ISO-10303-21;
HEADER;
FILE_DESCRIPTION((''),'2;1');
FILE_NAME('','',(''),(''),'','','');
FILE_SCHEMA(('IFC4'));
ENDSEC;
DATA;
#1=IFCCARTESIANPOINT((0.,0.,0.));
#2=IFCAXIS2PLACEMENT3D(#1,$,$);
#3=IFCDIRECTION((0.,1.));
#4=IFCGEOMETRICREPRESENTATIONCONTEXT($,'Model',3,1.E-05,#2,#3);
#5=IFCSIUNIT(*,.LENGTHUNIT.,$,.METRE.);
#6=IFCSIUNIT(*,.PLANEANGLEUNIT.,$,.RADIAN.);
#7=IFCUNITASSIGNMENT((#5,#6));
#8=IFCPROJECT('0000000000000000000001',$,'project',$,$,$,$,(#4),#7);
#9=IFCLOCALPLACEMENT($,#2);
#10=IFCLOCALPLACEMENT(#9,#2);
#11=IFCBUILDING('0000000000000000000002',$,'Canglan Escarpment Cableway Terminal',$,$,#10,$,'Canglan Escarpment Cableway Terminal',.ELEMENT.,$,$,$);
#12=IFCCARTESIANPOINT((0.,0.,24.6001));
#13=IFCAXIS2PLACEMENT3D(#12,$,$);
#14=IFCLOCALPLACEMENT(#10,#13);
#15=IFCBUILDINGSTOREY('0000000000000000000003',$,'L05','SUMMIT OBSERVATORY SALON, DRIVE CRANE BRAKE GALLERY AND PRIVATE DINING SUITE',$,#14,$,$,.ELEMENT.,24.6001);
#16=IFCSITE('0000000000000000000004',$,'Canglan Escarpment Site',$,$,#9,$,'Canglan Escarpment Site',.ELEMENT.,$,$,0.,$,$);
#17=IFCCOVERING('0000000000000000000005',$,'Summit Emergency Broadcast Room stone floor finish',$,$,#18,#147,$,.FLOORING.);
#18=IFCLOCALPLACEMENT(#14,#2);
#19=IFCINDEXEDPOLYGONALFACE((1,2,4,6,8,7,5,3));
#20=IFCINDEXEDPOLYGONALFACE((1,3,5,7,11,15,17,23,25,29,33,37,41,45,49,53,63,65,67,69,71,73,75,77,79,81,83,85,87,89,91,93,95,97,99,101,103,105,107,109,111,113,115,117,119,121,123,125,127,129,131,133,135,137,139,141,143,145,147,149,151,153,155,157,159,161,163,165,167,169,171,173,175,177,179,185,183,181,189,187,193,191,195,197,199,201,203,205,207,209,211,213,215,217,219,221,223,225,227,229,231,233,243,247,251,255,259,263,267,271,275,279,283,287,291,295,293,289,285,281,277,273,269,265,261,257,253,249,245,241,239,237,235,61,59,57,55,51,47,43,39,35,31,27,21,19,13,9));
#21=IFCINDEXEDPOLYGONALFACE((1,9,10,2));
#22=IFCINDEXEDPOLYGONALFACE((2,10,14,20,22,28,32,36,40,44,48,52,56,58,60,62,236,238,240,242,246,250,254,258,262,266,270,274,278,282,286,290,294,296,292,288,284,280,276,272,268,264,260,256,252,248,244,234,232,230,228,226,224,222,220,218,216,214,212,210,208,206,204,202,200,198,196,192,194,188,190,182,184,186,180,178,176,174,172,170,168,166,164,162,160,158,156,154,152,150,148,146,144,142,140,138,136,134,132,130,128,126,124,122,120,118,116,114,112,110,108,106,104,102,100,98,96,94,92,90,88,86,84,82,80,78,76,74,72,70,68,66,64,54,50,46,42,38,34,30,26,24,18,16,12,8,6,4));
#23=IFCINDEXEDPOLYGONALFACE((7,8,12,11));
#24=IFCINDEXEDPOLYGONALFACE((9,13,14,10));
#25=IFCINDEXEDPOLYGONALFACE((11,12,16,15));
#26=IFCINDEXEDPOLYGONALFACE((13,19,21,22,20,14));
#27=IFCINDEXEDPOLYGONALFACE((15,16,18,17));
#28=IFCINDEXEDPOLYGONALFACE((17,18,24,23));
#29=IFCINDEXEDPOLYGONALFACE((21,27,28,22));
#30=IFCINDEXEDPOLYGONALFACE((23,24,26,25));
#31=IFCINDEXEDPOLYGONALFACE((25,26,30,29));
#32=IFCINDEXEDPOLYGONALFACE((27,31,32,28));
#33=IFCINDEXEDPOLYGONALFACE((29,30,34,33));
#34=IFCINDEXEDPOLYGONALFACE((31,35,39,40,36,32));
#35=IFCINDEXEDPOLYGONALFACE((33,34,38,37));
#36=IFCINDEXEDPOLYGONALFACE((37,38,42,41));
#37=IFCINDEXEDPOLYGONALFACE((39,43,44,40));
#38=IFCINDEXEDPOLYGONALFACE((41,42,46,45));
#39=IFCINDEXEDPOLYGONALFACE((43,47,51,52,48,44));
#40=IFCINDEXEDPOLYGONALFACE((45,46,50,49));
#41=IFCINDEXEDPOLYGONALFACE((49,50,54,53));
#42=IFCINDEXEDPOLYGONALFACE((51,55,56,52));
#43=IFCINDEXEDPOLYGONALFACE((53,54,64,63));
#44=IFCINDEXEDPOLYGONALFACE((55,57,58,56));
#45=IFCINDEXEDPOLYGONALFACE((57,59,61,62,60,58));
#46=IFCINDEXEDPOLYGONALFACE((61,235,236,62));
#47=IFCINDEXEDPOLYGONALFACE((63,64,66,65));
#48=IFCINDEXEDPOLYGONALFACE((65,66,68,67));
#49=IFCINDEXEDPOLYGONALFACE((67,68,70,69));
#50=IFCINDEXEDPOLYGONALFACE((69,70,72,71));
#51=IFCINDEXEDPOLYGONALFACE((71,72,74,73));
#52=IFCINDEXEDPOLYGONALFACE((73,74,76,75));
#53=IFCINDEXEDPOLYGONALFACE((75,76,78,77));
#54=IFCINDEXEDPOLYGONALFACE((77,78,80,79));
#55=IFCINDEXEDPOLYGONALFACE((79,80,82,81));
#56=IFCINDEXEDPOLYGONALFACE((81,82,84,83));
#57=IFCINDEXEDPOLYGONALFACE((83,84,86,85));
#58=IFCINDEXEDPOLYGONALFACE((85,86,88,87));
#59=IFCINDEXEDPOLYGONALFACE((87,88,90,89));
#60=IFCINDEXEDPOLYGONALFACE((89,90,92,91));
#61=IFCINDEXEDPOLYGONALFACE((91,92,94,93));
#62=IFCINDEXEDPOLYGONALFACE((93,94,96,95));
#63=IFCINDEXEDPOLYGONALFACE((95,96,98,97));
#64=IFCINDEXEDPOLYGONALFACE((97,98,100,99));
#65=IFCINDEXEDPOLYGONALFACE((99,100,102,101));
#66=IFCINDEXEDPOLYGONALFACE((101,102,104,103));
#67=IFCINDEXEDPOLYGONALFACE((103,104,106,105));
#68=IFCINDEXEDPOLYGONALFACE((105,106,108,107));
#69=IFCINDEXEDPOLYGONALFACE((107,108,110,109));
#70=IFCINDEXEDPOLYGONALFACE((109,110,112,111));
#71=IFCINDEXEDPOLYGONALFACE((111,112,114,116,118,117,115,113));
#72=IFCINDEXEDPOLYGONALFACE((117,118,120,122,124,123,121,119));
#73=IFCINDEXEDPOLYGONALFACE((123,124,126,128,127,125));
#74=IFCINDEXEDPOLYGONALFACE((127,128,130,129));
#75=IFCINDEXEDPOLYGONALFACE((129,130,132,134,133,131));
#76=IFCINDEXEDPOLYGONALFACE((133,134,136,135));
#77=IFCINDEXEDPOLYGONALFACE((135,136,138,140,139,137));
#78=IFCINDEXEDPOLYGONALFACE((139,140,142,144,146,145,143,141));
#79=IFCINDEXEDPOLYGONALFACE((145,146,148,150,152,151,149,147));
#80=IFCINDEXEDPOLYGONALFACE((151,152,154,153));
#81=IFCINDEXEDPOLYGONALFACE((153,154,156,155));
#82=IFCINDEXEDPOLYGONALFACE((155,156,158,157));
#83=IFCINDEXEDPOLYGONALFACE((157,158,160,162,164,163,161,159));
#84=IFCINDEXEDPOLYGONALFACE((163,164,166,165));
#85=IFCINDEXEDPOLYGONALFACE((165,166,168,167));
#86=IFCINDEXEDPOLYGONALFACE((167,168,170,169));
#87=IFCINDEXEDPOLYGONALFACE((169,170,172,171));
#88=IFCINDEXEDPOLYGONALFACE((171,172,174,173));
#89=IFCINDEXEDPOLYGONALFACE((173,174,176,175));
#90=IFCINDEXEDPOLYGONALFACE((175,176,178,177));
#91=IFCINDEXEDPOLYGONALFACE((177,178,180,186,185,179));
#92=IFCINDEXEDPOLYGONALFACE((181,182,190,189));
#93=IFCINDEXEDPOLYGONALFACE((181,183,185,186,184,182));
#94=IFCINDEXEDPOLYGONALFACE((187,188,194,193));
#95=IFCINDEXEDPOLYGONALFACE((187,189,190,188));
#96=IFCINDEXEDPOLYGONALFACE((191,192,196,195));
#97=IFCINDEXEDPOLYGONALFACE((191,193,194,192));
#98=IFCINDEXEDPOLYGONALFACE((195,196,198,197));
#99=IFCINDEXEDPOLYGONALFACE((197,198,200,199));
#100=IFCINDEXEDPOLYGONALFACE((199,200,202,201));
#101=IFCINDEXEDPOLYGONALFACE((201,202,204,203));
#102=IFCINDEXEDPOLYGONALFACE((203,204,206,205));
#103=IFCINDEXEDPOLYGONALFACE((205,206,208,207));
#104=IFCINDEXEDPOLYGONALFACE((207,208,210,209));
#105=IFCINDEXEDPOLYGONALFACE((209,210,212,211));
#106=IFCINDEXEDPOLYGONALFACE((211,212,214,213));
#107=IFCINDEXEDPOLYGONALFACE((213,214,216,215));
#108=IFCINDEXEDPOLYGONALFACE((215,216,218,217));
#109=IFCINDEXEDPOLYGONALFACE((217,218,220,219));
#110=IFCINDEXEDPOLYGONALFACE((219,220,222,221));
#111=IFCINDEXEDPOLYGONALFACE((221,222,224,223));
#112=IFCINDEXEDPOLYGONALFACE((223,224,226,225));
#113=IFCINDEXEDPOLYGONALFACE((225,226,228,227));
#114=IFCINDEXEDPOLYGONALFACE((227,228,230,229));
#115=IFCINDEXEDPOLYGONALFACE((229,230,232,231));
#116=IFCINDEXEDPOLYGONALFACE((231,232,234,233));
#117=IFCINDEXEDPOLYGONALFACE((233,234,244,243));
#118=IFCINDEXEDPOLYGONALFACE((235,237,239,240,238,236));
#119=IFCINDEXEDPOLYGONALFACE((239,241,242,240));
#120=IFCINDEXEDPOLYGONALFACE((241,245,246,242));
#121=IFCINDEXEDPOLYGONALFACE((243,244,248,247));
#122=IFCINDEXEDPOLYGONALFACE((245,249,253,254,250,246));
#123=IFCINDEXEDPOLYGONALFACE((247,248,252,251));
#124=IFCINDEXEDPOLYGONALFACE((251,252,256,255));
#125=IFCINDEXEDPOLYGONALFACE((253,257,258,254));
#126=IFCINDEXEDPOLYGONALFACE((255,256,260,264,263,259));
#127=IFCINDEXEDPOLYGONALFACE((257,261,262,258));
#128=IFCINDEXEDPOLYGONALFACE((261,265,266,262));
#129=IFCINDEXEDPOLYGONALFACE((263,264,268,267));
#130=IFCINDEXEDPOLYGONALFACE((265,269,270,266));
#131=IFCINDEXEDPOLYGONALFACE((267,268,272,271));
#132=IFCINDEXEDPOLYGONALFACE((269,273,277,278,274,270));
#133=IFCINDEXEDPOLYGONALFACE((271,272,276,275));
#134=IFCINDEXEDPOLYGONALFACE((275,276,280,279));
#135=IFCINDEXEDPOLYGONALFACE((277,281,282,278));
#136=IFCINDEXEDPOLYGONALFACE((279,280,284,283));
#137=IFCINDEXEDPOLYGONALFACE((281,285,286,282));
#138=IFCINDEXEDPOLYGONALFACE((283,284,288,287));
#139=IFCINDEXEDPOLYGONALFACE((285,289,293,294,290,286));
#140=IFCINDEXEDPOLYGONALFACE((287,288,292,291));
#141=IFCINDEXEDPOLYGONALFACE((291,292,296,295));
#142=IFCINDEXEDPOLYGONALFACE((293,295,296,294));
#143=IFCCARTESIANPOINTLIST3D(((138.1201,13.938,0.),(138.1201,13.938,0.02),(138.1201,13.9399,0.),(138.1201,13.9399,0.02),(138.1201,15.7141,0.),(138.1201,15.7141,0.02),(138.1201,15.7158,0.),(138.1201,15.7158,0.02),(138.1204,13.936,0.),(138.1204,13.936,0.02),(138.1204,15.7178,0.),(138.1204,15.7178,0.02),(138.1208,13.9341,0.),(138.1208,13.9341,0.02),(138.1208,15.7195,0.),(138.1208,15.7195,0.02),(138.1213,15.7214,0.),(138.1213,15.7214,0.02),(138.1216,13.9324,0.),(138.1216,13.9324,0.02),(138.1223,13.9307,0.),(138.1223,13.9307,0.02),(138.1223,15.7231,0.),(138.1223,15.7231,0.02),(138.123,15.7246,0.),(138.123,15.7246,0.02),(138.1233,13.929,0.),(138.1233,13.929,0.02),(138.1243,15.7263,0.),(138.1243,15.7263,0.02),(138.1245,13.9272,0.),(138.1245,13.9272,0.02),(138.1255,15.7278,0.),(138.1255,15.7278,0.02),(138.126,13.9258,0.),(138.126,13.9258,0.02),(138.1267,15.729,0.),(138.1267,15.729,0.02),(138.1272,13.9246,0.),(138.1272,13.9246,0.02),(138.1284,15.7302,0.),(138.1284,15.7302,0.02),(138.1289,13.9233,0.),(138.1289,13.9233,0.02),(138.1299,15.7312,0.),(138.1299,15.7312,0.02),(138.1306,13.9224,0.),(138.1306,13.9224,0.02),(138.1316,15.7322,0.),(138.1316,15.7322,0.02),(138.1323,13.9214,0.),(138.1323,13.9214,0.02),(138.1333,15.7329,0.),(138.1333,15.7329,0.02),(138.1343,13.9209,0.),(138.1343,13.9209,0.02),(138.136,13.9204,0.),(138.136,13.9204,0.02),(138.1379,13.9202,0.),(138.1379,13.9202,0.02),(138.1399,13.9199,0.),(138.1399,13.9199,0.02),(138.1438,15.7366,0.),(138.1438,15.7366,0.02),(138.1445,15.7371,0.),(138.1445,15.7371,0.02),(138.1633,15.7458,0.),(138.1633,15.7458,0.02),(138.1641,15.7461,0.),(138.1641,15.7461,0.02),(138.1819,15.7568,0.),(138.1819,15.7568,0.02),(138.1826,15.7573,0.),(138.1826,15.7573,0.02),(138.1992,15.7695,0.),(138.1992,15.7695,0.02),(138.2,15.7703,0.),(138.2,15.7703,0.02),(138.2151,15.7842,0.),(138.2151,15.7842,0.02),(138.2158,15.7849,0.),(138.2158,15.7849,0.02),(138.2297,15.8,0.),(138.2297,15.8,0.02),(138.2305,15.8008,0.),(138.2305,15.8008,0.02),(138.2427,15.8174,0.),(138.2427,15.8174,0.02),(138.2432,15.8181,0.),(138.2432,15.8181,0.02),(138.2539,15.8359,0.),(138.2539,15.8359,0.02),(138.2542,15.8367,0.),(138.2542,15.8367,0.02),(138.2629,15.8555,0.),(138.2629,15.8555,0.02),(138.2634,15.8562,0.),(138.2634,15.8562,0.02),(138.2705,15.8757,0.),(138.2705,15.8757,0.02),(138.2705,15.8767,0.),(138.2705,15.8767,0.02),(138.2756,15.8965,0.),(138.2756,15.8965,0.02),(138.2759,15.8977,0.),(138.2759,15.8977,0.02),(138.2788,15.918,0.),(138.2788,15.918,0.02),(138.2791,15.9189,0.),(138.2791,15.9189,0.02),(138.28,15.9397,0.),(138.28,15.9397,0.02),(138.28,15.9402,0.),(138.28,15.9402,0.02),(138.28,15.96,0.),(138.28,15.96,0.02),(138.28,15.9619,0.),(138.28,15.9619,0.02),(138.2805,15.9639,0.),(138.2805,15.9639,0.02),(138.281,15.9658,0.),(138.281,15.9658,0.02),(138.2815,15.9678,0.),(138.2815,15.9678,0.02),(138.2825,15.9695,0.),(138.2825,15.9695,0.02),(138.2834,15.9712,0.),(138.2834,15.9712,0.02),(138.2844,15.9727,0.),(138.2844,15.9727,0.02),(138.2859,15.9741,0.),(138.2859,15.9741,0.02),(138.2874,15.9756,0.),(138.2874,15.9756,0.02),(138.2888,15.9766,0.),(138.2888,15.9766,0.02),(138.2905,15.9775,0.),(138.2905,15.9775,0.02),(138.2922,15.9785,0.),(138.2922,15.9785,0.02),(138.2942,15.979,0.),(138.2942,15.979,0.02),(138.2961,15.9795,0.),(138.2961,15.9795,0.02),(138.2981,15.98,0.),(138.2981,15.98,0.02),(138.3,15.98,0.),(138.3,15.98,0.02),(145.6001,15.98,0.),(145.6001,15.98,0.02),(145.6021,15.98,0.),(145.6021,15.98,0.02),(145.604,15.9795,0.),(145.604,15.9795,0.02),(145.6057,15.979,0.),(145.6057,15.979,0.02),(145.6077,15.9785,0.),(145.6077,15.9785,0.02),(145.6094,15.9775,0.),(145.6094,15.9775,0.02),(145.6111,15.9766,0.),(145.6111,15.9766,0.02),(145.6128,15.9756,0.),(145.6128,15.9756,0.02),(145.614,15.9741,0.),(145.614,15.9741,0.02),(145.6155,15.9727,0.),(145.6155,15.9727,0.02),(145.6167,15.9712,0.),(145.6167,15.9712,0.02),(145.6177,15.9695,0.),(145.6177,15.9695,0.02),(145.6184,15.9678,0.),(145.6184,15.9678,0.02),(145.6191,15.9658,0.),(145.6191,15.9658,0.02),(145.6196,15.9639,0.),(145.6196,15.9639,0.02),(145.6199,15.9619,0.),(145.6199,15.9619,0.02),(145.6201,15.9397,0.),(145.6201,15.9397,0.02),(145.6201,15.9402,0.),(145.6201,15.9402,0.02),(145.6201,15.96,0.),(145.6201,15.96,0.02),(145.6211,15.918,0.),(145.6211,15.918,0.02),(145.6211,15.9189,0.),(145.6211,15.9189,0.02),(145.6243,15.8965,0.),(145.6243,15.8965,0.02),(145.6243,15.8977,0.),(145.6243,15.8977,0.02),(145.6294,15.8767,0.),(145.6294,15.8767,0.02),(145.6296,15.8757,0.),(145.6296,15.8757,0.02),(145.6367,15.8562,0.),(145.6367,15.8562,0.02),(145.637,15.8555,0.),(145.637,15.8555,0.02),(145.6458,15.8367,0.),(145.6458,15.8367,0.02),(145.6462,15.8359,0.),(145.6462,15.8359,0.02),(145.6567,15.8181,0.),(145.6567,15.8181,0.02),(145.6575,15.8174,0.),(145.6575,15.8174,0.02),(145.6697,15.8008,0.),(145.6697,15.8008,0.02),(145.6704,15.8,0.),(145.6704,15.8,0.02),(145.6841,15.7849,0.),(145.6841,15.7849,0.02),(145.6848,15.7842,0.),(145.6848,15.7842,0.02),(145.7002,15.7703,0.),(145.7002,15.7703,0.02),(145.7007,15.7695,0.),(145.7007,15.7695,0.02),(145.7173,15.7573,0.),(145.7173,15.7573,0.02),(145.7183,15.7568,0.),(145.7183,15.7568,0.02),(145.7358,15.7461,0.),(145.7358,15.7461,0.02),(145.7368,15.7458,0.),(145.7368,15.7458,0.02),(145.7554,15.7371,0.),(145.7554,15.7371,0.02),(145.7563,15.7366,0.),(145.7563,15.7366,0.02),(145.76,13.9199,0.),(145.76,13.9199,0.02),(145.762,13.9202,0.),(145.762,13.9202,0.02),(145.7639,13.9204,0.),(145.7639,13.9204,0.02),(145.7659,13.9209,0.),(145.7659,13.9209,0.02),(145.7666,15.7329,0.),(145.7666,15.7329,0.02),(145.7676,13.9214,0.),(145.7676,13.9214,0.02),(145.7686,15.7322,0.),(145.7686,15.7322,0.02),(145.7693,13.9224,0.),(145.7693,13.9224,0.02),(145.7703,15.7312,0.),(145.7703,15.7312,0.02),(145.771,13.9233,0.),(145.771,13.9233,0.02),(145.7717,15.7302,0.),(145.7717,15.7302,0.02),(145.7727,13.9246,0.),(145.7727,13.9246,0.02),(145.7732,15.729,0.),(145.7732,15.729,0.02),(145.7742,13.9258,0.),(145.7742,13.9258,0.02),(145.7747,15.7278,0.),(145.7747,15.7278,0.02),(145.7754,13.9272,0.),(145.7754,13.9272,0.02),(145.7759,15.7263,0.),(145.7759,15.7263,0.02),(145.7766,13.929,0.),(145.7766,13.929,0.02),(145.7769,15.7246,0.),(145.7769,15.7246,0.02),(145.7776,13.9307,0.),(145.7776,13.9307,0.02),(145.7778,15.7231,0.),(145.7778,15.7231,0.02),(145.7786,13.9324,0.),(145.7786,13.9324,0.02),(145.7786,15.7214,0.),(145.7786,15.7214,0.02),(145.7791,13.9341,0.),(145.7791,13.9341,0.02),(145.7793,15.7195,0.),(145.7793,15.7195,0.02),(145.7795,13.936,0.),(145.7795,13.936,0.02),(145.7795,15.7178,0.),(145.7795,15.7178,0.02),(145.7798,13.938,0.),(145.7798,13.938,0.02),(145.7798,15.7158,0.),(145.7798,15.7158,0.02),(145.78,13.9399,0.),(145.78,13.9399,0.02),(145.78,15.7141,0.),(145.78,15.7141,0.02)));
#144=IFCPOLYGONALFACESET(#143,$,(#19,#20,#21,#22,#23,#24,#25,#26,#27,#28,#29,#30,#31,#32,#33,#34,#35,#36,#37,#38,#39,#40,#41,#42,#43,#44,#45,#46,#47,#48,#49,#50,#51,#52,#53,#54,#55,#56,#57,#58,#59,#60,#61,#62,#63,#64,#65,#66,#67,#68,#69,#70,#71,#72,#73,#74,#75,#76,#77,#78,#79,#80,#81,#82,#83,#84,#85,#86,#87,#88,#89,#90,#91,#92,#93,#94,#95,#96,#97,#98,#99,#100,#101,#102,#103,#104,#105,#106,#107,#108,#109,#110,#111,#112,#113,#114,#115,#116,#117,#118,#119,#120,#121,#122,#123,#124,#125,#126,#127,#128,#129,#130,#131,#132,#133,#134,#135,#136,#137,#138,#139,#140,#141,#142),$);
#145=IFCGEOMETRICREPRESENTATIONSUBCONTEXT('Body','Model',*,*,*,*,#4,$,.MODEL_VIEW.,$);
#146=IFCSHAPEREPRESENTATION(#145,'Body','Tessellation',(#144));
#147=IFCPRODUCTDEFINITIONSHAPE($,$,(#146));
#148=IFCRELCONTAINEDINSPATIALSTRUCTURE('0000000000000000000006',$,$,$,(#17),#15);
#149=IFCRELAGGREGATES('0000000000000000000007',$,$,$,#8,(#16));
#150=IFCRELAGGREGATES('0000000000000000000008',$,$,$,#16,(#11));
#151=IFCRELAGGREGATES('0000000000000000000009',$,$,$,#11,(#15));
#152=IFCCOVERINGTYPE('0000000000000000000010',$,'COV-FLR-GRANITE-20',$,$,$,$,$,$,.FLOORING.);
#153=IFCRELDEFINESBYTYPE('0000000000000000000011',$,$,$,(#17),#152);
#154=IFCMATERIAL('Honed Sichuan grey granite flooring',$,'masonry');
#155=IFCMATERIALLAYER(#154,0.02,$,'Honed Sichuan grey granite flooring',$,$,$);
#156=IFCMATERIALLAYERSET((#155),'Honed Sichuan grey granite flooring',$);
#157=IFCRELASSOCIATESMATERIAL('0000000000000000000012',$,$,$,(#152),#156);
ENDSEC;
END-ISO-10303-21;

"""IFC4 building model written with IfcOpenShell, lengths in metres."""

from ifc_helpers import new_model, si_unit, direction, frame, origin, place, context, subcontext, project, spatial, polyline, outline, extrude, material, layer, layer_set, type_object, element, save


model = new_model("IFC4")

# Units and contexts
model_context = context("Model", 3, precision=1e-05, world=origin(), true_north=direction((0.0, 1.0)))
body_context = subcontext(model_context, "Body", "Model", "MODEL_VIEW")
ifc_project = project(units=[si_unit("LENGTHUNIT", "METRE"), si_unit("PLANEANGLEUNIT", "RADIAN")], contexts=[model_context])

# Site, building, storey
site_placement = place(None, origin())
site = spatial("IfcSite", under=ifc_project, at=site_placement, Name="Canglan Escarpment Site", LongName="Canglan Escarpment Site", CompositionType="ELEMENT", RefElevation=0.0)
building_placement = place(site_placement, origin())
building = spatial("IfcBuilding", under=site, at=building_placement, Name="Canglan Escarpment Cableway Terminal", LongName="Canglan Escarpment Cableway Terminal", CompositionType="ELEMENT")
storey_placement = place(building_placement, frame((0.0, 0.0, 24.6001)))
storey = spatial("IfcBuildingStorey", under=building, at=storey_placement, Name="L05", Description="SUMMIT OBSERVATORY SALON, DRIVE CRANE BRAKE GALLERY AND PRIVATE DINING SUITE", CompositionType="ELEMENT", Elevation=24.6001)

# Covering
ifc_material_1 = material(Name="Honed Sichuan grey granite flooring", Category="masonry")
ifc_layer_1 = layer(ifc_material_1, 0.02, Name="Honed Sichuan grey granite flooring")
ifc_layer_set_1 = layer_set([ifc_layer_1], Name="Honed Sichuan grey granite flooring")
covering_type_1 = type_object("IfcCoveringType", Name="COV-FLR-GRANITE-20", PredefinedType="FLOORING", material=ifc_layer_set_1)
covering_1_placement = place(storey_placement, origin())
element("IfcCovering", 1, at=covering_1_placement, inside=storey, type_object=covering_type_1, Name="Summit Emergency Broadcast Room stone floor finish", PredefinedType="FLOORING", context=body_context, shape_type="SweptSolid", body=[
    extrude(outline(polyline([(138.1399, 13.9199), (138.1379, 13.9202), (138.136, 13.9204), (138.1343, 13.9209), (138.1323, 13.9214), (138.1306, 13.9224), (138.1289, 13.9233), (138.1272, 13.9246), (138.126, 13.9258), (138.1245, 13.9272), (138.1233, 13.929), (138.1223, 13.9307), (138.1216, 13.9324), (138.1208, 13.9341), (138.1204, 13.936), (138.1201, 13.938), (138.1201, 13.9399), (138.1201, 15.7141), (138.1201, 15.7158), (138.1204, 15.7178), (138.1208, 15.7195), (138.1213, 15.7214), (138.1223, 15.7231), (138.123, 15.7246), (138.1243, 15.7263), (138.1255, 15.7278), (138.1267, 15.729), (138.1284, 15.7302), (138.1299, 15.7312), (138.1316, 15.7322), (138.1333, 15.7329), (138.1438, 15.7366), (138.1445, 15.7371), (138.1633, 15.7458), (138.1641, 15.7461), (138.1819, 15.7568), (138.1826, 15.7573), (138.1992, 15.7695), (138.2, 15.7703), (138.2151, 15.7842), (138.2158, 15.7849), (138.2297, 15.8), (138.2305, 15.8008), (138.2427, 15.8174), (138.2432, 15.8181), (138.2539, 15.8359), (138.2542, 15.8367), (138.2629, 15.8555), (138.2634, 15.8562), (138.2705, 15.8757), (138.2705, 15.8767), (138.2756, 15.8965), (138.2759, 15.8977), (138.2788, 15.918), (138.2791, 15.9189), (138.28, 15.9397), (138.28, 15.9402), (138.28, 15.96), (138.28, 15.9619), (138.2805, 15.9639), (138.281, 15.9658), (138.2815, 15.9678), (138.2825, 15.9695), (138.2834, 15.9712), (138.2844, 15.9727), (138.2859, 15.9741), (138.2874, 15.9756), (138.2888, 15.9766), (138.2905, 15.9775), (138.2922, 15.9785), (138.2942, 15.979), (138.2961, 15.9795), (138.2981, 15.98), (138.3, 15.98), (145.6001, 15.98), (145.6021, 15.98), (145.604, 15.9795), (145.6057, 15.979), (145.6077, 15.9785), (145.6094, 15.9775), (145.6111, 15.9766), (145.6128, 15.9756), (145.614, 15.9741), (145.6155, 15.9727), (145.6167, 15.9712), (145.6177, 15.9695), (145.6184, 15.9678), (145.6191, 15.9658), (145.6196, 15.9639), (145.6199, 15.9619), (145.6201, 15.96), (145.6201, 15.9402), (145.6201, 15.9397), (145.6211, 15.9189), (145.6211, 15.918), (145.6243, 15.8977), (145.6243, 15.8965), (145.6294, 15.8767), (145.6296, 15.8757), (145.6367, 15.8562), (145.637, 15.8555), (145.6458, 15.8367), (145.6462, 15.8359), (145.6567, 15.8181), (145.6575, 15.8174), (145.6697, 15.8008), (145.6704, 15.8), (145.6841, 15.7849), (145.6848, 15.7842), (145.7002, 15.7703), (145.7007, 15.7695), (145.7173, 15.7573), (145.7183, 15.7568), (145.7358, 15.7461), (145.7368, 15.7458), (145.7554, 15.7371), (145.7563, 15.7366), (145.7666, 15.7329), (145.7686, 15.7322), (145.7703, 15.7312), (145.7717, 15.7302), (145.7732, 15.729), (145.7747, 15.7278), (145.7759, 15.7263), (145.7769, 15.7246), (145.7778, 15.7231), (145.7786, 15.7214), (145.7793, 15.7195), (145.7795, 15.7178), (145.7798, 15.7158), (145.78, 15.7141), (145.78, 13.9399), (145.7798, 13.938), (145.7795, 13.936), (145.7791, 13.9341), (145.7786, 13.9324), (145.7776, 13.9307), (145.7766, 13.929), (145.7754, 13.9272), (145.7742, 13.9258), (145.7727, 13.9246), (145.771, 13.9233), (145.7693, 13.9224), (145.7676, 13.9214), (145.7659, 13.9209), (145.7639, 13.9204), (145.762, 13.9202), (145.76, 13.9199), (138.1399, 13.9199)])), origin(), (0.0, 0.0, 1.0), 0.02),
])

save(model, "model.ifc")
